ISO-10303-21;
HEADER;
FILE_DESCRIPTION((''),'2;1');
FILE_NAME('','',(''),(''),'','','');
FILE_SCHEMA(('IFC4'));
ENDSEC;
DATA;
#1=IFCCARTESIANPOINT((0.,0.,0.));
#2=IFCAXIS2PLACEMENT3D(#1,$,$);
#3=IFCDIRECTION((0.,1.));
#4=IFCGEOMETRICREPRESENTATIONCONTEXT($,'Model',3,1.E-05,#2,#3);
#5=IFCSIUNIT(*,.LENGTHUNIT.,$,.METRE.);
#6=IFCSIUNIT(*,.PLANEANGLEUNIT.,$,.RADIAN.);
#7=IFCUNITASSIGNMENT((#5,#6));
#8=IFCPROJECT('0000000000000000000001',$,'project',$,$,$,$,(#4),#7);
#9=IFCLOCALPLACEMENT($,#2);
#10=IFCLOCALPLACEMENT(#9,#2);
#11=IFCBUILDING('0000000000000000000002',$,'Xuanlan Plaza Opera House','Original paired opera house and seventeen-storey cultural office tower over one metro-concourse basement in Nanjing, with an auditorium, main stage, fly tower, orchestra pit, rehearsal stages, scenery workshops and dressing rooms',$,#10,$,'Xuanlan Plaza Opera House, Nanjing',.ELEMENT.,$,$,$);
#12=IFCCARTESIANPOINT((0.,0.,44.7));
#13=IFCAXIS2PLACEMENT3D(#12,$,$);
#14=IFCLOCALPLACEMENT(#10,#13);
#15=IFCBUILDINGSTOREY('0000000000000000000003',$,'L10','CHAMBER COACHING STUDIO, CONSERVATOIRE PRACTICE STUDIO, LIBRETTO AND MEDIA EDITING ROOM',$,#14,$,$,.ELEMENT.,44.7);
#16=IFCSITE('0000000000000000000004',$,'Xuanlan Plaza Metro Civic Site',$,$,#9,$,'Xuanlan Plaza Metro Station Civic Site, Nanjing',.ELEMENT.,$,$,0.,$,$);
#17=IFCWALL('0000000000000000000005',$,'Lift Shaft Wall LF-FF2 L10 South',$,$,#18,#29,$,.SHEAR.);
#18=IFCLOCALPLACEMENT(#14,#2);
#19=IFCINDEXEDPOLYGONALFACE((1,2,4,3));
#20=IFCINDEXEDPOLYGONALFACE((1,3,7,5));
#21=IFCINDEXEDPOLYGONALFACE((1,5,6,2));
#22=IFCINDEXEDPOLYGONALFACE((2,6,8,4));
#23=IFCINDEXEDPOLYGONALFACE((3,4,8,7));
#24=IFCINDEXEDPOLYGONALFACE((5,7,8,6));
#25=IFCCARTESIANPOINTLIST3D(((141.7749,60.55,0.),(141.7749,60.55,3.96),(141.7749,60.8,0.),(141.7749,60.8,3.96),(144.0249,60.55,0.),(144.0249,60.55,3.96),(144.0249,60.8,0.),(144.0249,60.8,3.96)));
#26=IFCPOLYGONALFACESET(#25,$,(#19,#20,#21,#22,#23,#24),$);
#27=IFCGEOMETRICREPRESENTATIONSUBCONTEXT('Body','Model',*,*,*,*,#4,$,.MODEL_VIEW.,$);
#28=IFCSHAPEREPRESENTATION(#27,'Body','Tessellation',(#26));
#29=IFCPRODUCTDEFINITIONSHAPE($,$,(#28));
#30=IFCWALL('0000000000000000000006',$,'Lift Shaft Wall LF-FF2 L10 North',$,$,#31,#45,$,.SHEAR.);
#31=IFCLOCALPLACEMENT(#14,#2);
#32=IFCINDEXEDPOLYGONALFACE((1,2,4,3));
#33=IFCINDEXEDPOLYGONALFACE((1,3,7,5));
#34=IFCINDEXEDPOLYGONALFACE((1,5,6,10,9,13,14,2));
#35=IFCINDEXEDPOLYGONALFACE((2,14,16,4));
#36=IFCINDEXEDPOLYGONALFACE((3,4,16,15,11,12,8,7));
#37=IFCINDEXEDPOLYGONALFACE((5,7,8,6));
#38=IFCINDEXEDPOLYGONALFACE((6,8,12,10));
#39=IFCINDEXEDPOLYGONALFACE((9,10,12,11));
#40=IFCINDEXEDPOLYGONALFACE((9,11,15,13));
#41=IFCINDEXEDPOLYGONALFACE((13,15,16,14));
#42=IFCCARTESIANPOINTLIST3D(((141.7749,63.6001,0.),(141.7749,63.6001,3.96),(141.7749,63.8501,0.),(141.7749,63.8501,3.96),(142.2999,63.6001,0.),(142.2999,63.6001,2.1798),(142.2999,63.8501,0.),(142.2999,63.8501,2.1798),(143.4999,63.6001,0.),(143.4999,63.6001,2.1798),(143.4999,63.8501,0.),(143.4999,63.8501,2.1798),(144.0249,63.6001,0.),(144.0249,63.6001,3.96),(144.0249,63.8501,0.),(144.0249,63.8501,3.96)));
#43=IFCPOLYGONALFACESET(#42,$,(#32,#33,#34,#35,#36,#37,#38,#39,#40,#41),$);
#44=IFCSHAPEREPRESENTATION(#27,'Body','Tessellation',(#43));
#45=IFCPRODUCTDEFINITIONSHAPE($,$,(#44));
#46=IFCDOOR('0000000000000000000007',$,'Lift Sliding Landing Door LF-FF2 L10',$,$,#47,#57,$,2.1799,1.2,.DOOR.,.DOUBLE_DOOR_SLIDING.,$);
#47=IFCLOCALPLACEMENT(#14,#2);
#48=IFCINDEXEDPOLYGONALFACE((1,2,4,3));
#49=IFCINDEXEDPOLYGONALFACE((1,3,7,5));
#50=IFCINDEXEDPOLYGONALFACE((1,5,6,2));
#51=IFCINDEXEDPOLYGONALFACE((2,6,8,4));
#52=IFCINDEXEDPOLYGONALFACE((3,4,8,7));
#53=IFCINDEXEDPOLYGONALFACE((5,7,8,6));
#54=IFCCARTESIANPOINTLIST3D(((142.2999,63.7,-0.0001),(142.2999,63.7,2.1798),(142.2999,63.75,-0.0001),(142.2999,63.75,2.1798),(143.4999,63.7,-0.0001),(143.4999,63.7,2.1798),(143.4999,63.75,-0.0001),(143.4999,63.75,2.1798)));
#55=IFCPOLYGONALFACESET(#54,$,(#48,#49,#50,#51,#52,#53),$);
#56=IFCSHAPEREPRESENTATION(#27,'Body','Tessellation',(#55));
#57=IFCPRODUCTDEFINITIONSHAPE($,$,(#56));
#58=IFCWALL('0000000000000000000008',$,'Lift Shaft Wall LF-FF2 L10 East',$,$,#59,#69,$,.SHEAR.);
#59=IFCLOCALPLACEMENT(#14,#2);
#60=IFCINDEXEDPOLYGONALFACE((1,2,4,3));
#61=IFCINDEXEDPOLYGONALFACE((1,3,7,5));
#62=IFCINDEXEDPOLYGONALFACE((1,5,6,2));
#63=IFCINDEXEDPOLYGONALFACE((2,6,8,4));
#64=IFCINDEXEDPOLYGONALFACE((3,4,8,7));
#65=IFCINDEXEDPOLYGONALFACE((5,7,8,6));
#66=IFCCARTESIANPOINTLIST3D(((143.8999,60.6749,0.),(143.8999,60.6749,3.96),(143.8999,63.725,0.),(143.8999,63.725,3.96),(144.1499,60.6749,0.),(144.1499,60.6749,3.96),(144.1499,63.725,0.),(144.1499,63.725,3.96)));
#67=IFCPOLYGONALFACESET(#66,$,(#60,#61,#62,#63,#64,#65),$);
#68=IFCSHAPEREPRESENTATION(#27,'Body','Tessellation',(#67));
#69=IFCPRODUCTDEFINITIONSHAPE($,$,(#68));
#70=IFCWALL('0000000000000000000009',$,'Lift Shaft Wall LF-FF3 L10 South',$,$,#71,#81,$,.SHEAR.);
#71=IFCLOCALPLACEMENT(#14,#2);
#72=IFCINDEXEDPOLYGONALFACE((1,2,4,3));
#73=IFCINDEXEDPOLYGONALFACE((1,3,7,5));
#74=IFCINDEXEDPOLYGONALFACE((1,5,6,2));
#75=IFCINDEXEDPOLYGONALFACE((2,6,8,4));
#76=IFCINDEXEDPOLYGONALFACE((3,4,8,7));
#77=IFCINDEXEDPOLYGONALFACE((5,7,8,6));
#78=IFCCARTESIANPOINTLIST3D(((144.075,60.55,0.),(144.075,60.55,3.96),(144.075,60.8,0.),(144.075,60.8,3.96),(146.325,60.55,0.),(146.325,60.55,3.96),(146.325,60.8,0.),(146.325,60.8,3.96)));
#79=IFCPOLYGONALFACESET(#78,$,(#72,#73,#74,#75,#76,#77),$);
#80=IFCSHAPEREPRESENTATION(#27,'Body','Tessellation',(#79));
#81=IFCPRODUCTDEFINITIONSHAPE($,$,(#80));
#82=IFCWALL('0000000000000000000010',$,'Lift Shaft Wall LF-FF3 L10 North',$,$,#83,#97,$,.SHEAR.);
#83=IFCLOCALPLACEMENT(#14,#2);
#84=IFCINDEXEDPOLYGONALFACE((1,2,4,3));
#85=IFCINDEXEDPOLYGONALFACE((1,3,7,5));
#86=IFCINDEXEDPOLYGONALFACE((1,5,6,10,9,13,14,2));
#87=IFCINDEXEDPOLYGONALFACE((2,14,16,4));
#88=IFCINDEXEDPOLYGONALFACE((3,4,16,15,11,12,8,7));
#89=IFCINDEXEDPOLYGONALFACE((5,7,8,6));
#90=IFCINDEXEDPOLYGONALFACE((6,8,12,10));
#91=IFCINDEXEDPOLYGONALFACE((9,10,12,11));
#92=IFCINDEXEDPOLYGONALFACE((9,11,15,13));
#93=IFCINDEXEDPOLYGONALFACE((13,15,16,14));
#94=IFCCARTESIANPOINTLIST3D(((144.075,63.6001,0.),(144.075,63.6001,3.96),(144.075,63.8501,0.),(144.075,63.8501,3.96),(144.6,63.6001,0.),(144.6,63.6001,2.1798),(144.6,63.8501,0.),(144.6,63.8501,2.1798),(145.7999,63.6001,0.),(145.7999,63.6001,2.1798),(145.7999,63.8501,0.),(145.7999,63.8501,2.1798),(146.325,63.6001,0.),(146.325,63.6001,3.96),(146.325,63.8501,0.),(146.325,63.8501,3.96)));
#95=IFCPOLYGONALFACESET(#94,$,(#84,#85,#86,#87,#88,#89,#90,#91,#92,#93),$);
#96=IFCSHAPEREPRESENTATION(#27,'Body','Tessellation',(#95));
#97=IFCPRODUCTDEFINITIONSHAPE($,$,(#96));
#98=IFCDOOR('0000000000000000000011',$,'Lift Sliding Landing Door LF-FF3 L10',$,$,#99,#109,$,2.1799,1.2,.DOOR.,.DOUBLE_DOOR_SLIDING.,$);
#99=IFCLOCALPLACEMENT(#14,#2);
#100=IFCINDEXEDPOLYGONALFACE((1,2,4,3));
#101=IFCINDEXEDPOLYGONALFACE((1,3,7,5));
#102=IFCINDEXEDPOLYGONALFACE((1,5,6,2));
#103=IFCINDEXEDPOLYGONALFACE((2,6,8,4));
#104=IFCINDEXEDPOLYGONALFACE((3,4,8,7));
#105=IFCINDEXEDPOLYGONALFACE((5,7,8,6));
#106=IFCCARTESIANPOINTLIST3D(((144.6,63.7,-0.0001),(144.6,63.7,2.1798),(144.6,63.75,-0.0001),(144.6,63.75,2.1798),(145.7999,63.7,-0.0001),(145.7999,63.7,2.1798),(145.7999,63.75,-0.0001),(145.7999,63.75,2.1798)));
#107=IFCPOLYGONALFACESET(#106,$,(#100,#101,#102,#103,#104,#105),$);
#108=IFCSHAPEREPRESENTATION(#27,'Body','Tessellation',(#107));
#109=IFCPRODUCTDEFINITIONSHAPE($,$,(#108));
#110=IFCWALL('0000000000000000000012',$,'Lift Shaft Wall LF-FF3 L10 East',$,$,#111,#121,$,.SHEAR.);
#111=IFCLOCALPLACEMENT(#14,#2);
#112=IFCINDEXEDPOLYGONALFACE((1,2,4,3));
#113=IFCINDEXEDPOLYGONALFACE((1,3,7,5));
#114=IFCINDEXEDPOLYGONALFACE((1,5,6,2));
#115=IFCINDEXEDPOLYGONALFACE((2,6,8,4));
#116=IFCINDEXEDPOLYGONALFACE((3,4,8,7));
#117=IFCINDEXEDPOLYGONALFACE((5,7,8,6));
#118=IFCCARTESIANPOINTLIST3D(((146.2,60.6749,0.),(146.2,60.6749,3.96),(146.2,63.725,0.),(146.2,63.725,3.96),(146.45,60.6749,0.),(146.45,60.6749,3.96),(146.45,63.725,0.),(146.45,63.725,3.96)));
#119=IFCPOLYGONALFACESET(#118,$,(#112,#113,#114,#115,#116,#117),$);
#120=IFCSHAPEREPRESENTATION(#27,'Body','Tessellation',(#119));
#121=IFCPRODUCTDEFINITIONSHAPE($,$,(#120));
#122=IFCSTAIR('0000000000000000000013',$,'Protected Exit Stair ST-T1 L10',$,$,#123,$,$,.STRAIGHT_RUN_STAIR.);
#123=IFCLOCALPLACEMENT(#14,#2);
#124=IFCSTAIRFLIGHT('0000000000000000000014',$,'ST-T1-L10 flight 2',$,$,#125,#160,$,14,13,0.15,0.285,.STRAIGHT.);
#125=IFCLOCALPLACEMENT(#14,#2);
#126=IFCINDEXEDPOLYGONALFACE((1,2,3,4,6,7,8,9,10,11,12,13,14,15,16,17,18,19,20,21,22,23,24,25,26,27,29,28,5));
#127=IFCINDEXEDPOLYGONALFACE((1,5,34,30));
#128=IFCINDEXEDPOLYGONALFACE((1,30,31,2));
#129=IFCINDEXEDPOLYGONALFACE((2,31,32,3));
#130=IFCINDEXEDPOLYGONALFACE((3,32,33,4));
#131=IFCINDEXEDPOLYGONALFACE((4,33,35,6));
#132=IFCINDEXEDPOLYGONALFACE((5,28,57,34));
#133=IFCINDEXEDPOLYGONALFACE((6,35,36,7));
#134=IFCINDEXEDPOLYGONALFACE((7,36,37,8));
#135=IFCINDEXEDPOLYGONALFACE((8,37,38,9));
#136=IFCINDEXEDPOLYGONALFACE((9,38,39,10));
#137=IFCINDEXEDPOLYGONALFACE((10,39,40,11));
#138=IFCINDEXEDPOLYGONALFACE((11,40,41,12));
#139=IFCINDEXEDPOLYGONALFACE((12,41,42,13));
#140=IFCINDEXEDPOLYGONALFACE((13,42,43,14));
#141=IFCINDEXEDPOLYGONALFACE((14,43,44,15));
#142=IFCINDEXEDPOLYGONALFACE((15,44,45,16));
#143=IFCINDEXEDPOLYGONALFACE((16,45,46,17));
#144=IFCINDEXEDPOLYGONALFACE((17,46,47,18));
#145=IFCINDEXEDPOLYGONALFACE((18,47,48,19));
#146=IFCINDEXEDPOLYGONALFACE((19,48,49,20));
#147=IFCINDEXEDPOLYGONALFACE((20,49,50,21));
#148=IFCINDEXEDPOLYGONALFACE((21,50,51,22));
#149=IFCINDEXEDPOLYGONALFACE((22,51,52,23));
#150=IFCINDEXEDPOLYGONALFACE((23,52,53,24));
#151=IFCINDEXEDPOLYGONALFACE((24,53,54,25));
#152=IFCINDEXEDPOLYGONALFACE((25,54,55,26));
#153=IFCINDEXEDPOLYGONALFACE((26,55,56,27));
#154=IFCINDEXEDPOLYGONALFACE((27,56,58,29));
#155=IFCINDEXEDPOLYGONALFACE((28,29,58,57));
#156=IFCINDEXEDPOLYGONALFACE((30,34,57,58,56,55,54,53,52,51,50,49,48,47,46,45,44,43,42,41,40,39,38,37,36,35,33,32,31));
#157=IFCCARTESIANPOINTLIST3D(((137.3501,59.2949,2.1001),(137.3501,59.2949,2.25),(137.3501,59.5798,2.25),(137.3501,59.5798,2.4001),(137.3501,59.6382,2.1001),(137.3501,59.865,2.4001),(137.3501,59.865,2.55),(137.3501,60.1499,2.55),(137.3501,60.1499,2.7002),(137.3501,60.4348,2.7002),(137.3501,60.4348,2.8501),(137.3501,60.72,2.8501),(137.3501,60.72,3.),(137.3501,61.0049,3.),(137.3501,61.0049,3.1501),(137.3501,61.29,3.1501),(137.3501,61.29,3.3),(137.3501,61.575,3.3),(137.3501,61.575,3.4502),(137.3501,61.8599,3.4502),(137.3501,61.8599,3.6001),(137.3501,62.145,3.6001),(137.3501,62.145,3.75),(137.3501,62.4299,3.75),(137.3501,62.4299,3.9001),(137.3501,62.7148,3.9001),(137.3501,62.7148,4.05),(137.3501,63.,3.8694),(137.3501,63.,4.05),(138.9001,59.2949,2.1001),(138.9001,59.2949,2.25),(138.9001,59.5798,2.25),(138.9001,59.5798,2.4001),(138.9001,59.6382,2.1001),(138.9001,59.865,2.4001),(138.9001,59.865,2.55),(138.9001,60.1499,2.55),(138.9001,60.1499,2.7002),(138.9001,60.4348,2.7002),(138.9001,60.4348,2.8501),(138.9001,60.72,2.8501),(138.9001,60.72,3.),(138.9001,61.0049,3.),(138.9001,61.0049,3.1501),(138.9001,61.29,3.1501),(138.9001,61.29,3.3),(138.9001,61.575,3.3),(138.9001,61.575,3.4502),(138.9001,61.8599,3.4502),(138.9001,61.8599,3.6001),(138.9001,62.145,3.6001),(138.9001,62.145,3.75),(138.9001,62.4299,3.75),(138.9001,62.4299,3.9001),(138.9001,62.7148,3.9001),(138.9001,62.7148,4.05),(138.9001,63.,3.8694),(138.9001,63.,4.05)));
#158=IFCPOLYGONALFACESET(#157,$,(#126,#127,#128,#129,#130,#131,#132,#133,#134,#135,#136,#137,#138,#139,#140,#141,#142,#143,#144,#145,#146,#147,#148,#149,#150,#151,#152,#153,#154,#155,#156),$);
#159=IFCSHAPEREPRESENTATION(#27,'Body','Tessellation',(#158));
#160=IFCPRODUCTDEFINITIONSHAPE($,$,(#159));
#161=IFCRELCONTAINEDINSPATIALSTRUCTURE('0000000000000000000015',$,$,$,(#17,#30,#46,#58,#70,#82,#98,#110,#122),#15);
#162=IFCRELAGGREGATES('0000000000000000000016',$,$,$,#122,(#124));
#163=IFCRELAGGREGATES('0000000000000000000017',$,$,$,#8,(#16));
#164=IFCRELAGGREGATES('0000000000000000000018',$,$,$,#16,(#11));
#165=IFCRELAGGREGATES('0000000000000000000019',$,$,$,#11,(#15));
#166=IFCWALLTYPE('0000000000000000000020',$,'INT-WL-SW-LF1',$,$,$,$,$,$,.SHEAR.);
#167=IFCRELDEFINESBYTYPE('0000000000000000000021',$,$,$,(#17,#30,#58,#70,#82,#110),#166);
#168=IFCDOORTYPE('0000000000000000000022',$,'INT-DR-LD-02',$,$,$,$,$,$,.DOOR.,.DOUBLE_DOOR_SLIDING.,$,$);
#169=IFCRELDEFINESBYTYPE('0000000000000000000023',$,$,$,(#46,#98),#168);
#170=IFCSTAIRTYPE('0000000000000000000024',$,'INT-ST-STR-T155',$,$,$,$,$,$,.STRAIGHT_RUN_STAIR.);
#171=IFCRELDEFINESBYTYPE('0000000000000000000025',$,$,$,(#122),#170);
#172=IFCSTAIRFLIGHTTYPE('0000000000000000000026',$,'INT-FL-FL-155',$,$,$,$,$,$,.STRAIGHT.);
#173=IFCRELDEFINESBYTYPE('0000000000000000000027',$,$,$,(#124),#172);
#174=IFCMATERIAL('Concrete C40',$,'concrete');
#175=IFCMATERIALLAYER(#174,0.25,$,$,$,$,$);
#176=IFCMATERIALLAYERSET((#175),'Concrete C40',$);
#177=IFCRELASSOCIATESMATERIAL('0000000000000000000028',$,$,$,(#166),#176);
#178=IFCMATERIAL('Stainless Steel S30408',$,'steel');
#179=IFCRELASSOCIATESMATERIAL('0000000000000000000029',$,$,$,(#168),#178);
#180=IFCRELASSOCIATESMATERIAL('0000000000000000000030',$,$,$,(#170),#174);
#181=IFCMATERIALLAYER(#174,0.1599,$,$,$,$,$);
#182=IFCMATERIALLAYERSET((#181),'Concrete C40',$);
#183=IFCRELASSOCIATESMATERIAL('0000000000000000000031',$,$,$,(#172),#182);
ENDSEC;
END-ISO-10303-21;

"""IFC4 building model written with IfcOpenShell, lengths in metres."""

from ifc_helpers import new_model, si_unit, direction, frame, frame_2d, origin, place, context, subcontext, project, spatial, polyline, rectangle, outline, extrude, material, layer, layer_set, type_object, element, fill, aggregate, save


model = new_model("IFC4")

# Units and contexts
model_context = context("Model", 3, precision=1e-05, world=origin(), true_north=direction((0.0, 1.0)))
body_context = subcontext(model_context, "Body", "Model", "MODEL_VIEW")
ifc_project = project(units=[si_unit("LENGTHUNIT", "METRE"), si_unit("PLANEANGLEUNIT", "RADIAN")], contexts=[model_context])

# Site, building, storey
site_placement = place(None, origin())
site = spatial("IfcSite", under=ifc_project, at=site_placement, Name="Xuanlan Plaza Metro Civic Site", LongName="Xuanlan Plaza Metro Station Civic Site, Nanjing", CompositionType="ELEMENT", RefElevation=0.0)
building_placement = place(site_placement, origin())
building = spatial("IfcBuilding", under=site, at=building_placement, Name="Xuanlan Plaza Opera House", Description="Original paired opera house and seventeen-storey cultural office tower over one metro-concourse basement in Nanjing, with an auditorium, main stage, fly tower, orchestra pit, rehearsal stages, scenery workshops and dressing rooms", LongName="Xuanlan Plaza Opera House, Nanjing", CompositionType="ELEMENT")
storey_placement = place(building_placement, frame((0.0, 0.0, 44.7)))
storey = spatial("IfcBuildingStorey", under=building, at=storey_placement, Name="L10", Description="CHAMBER COACHING STUDIO, CONSERVATOIRE PRACTICE STUDIO, LIBRETTO AND MEDIA EDITING ROOM", CompositionType="ELEMENT", Elevation=44.7)

# Shared definitions
ifc_material_1 = material(Name="Concrete C40", Category="concrete")

# Shared definitions
ifc_layer_1 = layer(ifc_material_1, 0.25)
ifc_layer_set_1 = layer_set([ifc_layer_1], Name="Concrete C40")
wall_type = type_object("IfcWallType", Name="INT-WL-SW-LF1", PredefinedType="SHEAR", material=ifc_layer_set_1)

# Shared definitions
ifc_material_2 = material(Name="Stainless Steel S30408", Category="steel")
door_type = type_object("IfcDoorType", Name="INT-DR-LD-02", OperationType="DOUBLE_DOOR_SLIDING", PredefinedType="DOOR", material=ifc_material_2)

# Wall
wall_1_placement = place(storey_placement, frame((141.7749, 60.675, 0.0), z_axis=(0.0, 0.0, 1.0), x_axis=(1.0, 0.0, 0.0)))
element("IfcWall", 1, at=wall_1_placement, inside=storey, type_object=wall_type, Name="Lift Shaft Wall LF-FF2 L10 South", PredefinedType="SHEAR", context=body_context, shape_type="SweptSolid", body=[
    extrude(rectangle(XDim=2.25, YDim=0.25, at=frame_2d((1.125, 0.0))), origin(), (0.0, 0.0, 1.0), 3.96),
])

# Wall, opening, door
wall_2_placement = place(storey_placement, frame((141.7749, 63.7251, 0.0), z_axis=(0.0, 0.0, 1.0), x_axis=(1.0, 0.0, 0.0)))
wall_2 = element("IfcWall", 2, at=wall_2_placement, inside=storey, type_object=wall_type, Name="Lift Shaft Wall LF-FF2 L10 North", PredefinedType="SHEAR", context=body_context, shape_type="SweptSolid", body=[
    extrude(rectangle(XDim=2.25, YDim=0.25, at=frame_2d((1.125, 0.0))), origin(), (0.0, 0.0, 1.0), 3.96),
])
opening_1_placement = place(wall_2_placement, frame((0.5249, 0.0, 0.0)))
opening_1 = element("IfcOpeningElement", 3, at=opening_1_placement, cuts=wall_2, PredefinedType="OPENING", context=body_context, shape_type="SweptSolid", body=[
    extrude(rectangle(XDim=1.2, YDim=2.1799, at=frame_2d((0.6001, 1.0898))), frame((0.0, 0.135, 0.0), z_axis=(0.0, -1.0, 0.0), x_axis=(1.0, 0.0, 0.0)), (0.0, 0.0, 1.0), 0.27),
])
door_1_placement = place(opening_1_placement, origin())
door_1 = element("IfcDoor", 4, at=door_1_placement, inside=storey, type_object=door_type, Name="Lift Sliding Landing Door LF-FF2 L10", OperationType="DOUBLE_DOOR_SLIDING", OverallHeight=2.1799, OverallWidth=1.2, PredefinedType="DOOR", context=body_context, shape_type="SweptSolid", body=[
    extrude(rectangle(XDim=1.2, YDim=2.1799, at=frame_2d((0.6001, 1.0898))), frame((0.0, 0.0249, 0.0), z_axis=(0.0, -1.0, 0.0), x_axis=(1.0, 0.0, 0.0)), (0.0, 0.0, 1.0), 0.05),
])
fill(opening_1, door_1)

# Walls
wall_3_placement = place(storey_placement, frame((144.0249, 60.675, 0.0), z_axis=(0.0, 0.0, 1.0), x_axis=(0.0, 1.0, 0.0)))
element("IfcWall", 5, at=wall_3_placement, inside=storey, type_object=wall_type, Name="Lift Shaft Wall LF-FF2 L10 East", PredefinedType="SHEAR", context=body_context, shape_type="SweptSolid", body=[
    extrude(rectangle(XDim=3.05, YDim=0.25, at=frame_2d((1.5249, 0.0))), origin(), (0.0, 0.0, 1.0), 3.96),
])
wall_4_placement = place(storey_placement, frame((144.075, 60.675, 0.0), z_axis=(0.0, 0.0, 1.0), x_axis=(1.0, 0.0, 0.0)))
element("IfcWall", 6, at=wall_4_placement, inside=storey, type_object=wall_type, Name="Lift Shaft Wall LF-FF3 L10 South", PredefinedType="SHEAR", context=body_context, shape_type="SweptSolid", body=[
    extrude(rectangle(XDim=2.25, YDim=0.25, at=frame_2d((1.125, 0.0))), origin(), (0.0, 0.0, 1.0), 3.96),
])

# Wall, opening, door
wall_5_placement = place(storey_placement, frame((144.075, 63.7251, 0.0), z_axis=(0.0, 0.0, 1.0), x_axis=(1.0, 0.0, 0.0)))
wall_5 = element("IfcWall", 7, at=wall_5_placement, inside=storey, type_object=wall_type, Name="Lift Shaft Wall LF-FF3 L10 North", PredefinedType="SHEAR", context=body_context, shape_type="SweptSolid", body=[
    extrude(rectangle(XDim=2.25, YDim=0.25, at=frame_2d((1.125, 0.0))), origin(), (0.0, 0.0, 1.0), 3.96),
])
opening_2_placement = place(wall_5_placement, frame((0.5249, 0.0, 0.0)))
opening_2 = element("IfcOpeningElement", 8, at=opening_2_placement, cuts=wall_5, PredefinedType="OPENING", context=body_context, shape_type="SweptSolid", body=[
    extrude(rectangle(XDim=1.2, YDim=2.1799, at=frame_2d((0.6001, 1.0898))), frame((0.0, 0.135, 0.0), z_axis=(0.0, -1.0, 0.0), x_axis=(1.0, 0.0, 0.0)), (0.0, 0.0, 1.0), 0.27),
])
door_2_placement = place(opening_2_placement, origin())
door_2 = element("IfcDoor", 9, at=door_2_placement, inside=storey, type_object=door_type, Name="Lift Sliding Landing Door LF-FF3 L10", OperationType="DOUBLE_DOOR_SLIDING", OverallHeight=2.1799, OverallWidth=1.2, PredefinedType="DOOR", context=body_context, shape_type="SweptSolid", body=[
    extrude(rectangle(XDim=1.2, YDim=2.1799, at=frame_2d((0.6001, 1.0898))), frame((0.0, 0.0249, 0.0), z_axis=(0.0, -1.0, 0.0), x_axis=(1.0, 0.0, 0.0)), (0.0, 0.0, 1.0), 0.05),
])
fill(opening_2, door_2)

# Wall
wall_6_placement = place(storey_placement, frame((146.325, 60.675, 0.0), z_axis=(0.0, 0.0, 1.0), x_axis=(0.0, 1.0, 0.0)))
element("IfcWall", 10, at=wall_6_placement, inside=storey, type_object=wall_type, Name="Lift Shaft Wall LF-FF3 L10 East", PredefinedType="SHEAR", context=body_context, shape_type="SweptSolid", body=[
    extrude(rectangle(XDim=3.05, YDim=0.25, at=frame_2d((1.5249, 0.0))), origin(), (0.0, 0.0, 1.0), 3.96),
])

# Stair, stair flight
stair_type = type_object("IfcStairType", Name="INT-ST-STR-T155", PredefinedType="STRAIGHT_RUN_STAIR", material=ifc_material_1)
stair_1_placement = place(storey_placement, origin())
stair_1 = element("IfcStair", 11, at=stair_1_placement, inside=storey, type_object=stair_type, Name="Protected Exit Stair ST-T1 L10", PredefinedType="STRAIGHT_RUN_STAIR")
ifc_layer_2 = layer(ifc_material_1, 0.1599)
ifc_layer_set_2 = layer_set([ifc_layer_2], Name="Concrete C40")
stair_flight_type = type_object("IfcStairFlightType", Name="INT-FL-FL-155", PredefinedType="STRAIGHT", material=ifc_layer_set_2)
stair_flight_1_placement = place(storey_placement, frame((138.125, 59.2949, 2.1001), z_axis=(0.0, 0.0, 1.0), x_axis=(0.0, 1.0, 0.0)))
stair_flight_1 = element("IfcStairFlight", 12, at=stair_flight_1_placement, type_object=stair_flight_type, Name="ST-T1-L10 flight 2", NumberOfRisers=14, NumberOfTreads=13, PredefinedType="STRAIGHT", RiserHeight=0.15, TreadLength=0.285, context=body_context, shape_type="SweptSolid", body=[
    extrude(outline(polyline([(0.0, 0.0), (0.0, 0.1499), (0.2849, 0.1499), (0.2849, 0.3), (0.5701, 0.3), (0.5701, 0.45), (0.855, 0.45), (0.855, 0.6001), (1.1399, 0.6001), (1.1399, 0.75), (1.425, 0.75), (1.425, 0.8999), (1.71, 0.8999), (1.71, 1.05), (1.9951, 1.05), (1.9951, 1.2), (2.28, 1.2), (2.28, 1.3501), (2.5649, 1.3501), (2.5649, 1.5), (2.8501, 1.5), (2.8501, 1.6499), (3.135, 1.6499), (3.135, 1.8), (3.4199, 1.8), (3.4199, 1.95), (3.7051, 1.95), (3.7051, 2.1001), (3.7051, 1.7693), (0.3433, 0.0), (0.0, 0.0)])), frame((0.0, 0.7749, 0.0), z_axis=(0.0, -1.0, 0.0), x_axis=(1.0, 0.0, 0.0)), (0.0, 0.0, 1.0), 1.55),
])
aggregate(stair_1, [stair_flight_1])

save(model, "model.ifc")
